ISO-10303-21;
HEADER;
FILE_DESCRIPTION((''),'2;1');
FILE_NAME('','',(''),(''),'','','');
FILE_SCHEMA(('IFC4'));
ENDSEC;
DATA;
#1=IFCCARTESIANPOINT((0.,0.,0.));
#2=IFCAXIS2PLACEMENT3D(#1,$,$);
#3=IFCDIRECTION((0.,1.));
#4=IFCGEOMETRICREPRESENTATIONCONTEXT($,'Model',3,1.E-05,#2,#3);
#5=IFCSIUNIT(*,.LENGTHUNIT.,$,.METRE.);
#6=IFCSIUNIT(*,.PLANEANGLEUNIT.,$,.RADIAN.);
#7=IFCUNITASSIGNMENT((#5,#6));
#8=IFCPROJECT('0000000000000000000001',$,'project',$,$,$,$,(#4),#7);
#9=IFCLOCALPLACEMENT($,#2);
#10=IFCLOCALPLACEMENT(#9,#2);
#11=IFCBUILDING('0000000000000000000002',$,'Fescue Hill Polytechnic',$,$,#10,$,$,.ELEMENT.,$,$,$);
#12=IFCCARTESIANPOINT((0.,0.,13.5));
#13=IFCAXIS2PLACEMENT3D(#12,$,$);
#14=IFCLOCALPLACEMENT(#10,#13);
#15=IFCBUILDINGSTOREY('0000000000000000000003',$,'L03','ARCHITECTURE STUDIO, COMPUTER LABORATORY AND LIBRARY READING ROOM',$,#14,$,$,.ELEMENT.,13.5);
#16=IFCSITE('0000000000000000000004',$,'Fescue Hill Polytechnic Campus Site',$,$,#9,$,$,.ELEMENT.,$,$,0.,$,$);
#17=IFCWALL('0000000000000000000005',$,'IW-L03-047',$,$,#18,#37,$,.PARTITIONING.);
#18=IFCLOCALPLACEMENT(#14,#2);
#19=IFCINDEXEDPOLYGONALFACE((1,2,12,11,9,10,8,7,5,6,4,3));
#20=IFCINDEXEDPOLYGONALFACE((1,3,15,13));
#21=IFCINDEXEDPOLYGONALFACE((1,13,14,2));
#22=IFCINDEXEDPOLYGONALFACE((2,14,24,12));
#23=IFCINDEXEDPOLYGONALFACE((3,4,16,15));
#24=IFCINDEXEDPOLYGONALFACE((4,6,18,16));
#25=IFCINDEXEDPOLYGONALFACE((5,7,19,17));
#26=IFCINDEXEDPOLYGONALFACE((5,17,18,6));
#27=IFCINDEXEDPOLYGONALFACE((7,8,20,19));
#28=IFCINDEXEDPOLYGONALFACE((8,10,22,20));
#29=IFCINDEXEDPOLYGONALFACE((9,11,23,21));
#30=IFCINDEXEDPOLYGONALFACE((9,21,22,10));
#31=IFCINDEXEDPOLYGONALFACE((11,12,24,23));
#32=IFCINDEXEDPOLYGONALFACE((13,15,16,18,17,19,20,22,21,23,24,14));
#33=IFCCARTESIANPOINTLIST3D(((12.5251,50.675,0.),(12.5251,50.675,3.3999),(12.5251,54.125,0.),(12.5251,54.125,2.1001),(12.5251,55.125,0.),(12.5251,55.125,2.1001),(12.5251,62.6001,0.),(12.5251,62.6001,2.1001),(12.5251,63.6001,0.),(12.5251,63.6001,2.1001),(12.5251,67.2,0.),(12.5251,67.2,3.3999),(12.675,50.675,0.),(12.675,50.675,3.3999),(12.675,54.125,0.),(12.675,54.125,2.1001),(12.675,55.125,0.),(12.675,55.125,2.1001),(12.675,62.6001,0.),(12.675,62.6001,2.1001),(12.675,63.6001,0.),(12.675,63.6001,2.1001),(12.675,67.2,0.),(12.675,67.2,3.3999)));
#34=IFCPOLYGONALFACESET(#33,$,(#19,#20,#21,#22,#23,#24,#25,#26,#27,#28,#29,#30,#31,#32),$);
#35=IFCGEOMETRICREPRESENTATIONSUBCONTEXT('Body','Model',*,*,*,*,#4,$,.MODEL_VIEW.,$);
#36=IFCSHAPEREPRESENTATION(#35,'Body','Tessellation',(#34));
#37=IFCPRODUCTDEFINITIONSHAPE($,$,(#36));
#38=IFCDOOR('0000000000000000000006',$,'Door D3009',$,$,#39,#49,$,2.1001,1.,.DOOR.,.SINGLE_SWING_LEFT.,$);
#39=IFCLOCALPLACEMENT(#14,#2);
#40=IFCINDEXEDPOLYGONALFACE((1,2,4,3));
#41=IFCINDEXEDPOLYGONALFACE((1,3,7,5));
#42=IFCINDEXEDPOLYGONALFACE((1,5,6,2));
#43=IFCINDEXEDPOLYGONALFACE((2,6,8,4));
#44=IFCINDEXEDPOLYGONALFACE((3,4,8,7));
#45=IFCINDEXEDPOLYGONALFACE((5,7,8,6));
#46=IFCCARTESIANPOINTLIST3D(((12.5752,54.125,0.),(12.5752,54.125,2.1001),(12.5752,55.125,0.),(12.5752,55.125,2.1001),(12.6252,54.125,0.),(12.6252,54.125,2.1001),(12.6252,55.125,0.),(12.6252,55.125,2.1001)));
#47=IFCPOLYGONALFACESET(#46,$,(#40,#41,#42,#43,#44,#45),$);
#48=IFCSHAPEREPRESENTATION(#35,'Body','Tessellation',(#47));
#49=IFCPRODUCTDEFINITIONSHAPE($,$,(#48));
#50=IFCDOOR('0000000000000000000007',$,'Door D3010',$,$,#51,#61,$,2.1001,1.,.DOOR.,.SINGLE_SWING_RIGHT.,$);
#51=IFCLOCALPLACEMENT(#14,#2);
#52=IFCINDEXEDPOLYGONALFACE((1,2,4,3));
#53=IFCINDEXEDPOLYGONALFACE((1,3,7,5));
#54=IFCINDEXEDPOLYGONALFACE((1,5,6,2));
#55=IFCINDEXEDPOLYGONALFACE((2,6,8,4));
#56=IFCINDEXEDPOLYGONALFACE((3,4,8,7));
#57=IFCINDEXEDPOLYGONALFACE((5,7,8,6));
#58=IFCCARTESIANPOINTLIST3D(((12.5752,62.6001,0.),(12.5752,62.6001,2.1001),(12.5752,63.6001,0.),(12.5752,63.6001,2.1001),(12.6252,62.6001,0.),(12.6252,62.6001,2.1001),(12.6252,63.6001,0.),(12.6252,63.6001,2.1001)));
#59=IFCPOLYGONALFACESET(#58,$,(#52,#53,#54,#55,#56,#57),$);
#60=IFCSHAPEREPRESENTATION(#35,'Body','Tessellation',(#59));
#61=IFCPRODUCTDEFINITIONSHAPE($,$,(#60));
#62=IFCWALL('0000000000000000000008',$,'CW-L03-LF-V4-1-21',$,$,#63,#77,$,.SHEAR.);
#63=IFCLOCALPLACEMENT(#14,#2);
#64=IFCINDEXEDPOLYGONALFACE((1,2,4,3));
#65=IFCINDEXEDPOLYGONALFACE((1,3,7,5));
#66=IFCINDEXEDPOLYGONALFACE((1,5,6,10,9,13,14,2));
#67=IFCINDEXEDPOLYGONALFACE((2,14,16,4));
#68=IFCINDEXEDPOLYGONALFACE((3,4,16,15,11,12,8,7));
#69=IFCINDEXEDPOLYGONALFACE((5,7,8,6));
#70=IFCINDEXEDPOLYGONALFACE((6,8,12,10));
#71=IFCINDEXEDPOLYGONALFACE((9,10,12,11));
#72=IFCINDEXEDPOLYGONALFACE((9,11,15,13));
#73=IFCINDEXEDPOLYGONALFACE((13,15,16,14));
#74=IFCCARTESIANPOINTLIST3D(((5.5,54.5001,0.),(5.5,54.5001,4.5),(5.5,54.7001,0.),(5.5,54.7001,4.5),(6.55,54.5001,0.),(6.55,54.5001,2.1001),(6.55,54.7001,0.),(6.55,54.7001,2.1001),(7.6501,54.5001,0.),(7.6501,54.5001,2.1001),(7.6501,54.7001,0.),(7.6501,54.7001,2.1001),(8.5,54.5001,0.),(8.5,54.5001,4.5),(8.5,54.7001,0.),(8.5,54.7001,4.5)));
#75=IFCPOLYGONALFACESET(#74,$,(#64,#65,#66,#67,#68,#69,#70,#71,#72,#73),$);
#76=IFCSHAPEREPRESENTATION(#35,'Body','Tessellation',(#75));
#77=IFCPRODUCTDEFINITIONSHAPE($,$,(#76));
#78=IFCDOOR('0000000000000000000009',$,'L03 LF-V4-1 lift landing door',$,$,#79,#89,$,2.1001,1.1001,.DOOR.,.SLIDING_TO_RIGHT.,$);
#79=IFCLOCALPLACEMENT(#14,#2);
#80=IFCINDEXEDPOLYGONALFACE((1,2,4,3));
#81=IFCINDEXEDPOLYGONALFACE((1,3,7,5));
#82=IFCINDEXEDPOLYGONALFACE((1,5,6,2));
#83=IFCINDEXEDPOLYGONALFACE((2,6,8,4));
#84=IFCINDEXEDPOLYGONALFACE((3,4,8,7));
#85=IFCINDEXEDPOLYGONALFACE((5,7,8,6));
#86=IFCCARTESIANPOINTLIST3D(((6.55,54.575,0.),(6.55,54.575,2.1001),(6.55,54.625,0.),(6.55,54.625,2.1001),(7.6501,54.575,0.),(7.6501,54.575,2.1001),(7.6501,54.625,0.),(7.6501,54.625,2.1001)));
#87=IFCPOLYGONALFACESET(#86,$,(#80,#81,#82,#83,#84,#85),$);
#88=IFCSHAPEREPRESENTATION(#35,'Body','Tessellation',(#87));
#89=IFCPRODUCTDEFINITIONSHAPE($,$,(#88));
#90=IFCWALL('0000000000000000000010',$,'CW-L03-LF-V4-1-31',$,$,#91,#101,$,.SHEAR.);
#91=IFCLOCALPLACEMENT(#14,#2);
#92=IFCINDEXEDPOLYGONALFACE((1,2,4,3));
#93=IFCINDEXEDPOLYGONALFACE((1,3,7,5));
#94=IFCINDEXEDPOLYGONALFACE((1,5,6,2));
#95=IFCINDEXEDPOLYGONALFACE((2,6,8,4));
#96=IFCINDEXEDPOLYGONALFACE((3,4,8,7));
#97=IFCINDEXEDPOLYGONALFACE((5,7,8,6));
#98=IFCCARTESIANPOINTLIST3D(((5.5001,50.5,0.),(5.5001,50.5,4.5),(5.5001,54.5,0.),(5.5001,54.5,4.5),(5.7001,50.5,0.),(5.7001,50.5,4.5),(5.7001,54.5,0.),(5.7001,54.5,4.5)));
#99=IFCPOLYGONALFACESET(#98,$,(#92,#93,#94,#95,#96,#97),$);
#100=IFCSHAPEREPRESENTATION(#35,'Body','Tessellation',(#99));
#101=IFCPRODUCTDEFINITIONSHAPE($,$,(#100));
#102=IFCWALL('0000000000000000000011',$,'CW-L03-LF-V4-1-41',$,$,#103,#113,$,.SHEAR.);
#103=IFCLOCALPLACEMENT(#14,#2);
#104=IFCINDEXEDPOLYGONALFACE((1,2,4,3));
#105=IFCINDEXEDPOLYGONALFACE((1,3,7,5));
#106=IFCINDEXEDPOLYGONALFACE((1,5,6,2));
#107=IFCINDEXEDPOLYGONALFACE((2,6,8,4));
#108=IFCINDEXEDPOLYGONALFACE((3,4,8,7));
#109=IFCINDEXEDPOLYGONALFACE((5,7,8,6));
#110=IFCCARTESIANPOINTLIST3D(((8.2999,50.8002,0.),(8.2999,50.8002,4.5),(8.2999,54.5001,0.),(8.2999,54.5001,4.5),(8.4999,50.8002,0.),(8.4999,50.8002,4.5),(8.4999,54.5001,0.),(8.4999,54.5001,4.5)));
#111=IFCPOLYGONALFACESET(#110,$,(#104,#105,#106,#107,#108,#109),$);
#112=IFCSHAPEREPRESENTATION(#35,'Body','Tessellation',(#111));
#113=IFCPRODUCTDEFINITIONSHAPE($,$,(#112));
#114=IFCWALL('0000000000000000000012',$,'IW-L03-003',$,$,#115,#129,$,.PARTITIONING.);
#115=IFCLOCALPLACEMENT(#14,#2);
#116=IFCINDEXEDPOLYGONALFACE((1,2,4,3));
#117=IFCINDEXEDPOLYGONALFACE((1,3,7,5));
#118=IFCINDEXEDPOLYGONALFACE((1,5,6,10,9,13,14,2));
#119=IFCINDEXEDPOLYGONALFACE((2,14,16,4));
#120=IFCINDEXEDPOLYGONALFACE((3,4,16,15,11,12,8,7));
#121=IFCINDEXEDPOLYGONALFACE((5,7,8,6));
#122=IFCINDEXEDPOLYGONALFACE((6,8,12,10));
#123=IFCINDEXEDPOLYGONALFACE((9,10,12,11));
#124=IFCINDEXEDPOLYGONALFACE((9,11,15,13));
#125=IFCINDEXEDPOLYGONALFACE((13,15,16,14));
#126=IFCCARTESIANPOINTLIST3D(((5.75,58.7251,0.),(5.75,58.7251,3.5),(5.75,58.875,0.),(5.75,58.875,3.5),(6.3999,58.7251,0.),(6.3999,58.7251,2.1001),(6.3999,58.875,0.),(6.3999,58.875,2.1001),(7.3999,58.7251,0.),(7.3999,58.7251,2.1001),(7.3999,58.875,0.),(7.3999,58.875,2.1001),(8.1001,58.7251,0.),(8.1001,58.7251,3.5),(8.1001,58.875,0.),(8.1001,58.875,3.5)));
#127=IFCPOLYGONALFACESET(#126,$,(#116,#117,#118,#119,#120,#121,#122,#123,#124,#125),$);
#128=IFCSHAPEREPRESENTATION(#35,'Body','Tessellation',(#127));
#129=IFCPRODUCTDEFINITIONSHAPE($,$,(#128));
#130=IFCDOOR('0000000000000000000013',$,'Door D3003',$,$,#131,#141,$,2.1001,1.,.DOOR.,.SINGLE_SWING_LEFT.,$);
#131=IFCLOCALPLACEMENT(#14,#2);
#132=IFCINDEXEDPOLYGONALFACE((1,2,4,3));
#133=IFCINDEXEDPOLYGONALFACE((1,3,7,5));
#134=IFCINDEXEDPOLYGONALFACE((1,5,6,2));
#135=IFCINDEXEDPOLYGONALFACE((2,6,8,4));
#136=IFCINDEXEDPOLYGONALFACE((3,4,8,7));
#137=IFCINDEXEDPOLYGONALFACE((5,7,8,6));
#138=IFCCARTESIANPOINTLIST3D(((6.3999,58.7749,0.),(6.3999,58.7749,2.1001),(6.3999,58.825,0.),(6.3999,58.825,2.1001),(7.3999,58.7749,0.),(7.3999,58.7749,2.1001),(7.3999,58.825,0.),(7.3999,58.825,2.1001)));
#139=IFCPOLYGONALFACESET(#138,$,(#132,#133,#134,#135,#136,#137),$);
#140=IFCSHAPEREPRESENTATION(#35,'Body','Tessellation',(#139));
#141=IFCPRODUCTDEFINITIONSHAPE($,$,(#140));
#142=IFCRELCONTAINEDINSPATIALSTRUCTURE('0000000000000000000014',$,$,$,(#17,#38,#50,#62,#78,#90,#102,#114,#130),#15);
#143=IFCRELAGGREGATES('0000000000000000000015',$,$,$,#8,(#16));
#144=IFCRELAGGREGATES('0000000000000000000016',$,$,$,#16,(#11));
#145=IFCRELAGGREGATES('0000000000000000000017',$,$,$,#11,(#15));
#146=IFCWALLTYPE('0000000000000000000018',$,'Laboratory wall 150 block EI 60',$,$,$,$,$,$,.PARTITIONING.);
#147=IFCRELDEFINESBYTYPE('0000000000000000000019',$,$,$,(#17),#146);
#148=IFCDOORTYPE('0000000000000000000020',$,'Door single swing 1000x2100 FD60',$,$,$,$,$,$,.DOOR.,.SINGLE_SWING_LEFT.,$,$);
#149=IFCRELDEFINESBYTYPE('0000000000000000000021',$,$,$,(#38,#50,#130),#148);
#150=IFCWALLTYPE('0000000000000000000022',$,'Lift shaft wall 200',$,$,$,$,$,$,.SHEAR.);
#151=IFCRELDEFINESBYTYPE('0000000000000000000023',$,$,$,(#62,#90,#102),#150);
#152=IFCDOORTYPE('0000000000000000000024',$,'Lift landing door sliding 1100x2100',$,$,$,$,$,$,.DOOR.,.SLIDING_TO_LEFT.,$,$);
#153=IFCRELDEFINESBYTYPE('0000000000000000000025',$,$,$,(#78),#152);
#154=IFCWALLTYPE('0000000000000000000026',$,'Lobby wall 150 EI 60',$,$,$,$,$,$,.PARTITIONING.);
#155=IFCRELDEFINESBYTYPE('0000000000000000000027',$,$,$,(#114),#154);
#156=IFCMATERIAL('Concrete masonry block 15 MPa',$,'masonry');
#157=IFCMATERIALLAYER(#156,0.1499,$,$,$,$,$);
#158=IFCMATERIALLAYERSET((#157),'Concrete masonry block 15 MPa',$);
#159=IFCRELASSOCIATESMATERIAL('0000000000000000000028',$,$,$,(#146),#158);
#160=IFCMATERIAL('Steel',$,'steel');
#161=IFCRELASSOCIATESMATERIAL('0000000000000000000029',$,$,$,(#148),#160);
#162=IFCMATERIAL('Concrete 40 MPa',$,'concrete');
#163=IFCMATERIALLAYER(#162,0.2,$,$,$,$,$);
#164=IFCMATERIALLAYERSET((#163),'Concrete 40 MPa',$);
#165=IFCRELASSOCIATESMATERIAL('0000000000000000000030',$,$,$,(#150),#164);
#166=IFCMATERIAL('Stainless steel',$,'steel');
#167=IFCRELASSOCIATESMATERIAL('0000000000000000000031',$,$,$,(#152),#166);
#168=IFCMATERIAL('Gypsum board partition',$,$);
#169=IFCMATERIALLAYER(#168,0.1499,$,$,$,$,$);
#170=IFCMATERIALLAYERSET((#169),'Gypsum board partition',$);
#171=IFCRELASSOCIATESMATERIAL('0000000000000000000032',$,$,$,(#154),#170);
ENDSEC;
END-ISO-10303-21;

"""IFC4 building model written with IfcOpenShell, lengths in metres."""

from ifc_helpers import new_model, si_unit, direction, frame, frame_2d, origin, place, context, subcontext, project, spatial, rectangle, extrude, material, layer, layer_set, type_object, element, fill, save


model = new_model("IFC4")

# Units and contexts
model_context = context("Model", 3, precision=1e-05, world=origin(), true_north=direction((0.0, 1.0)))
body_context = subcontext(model_context, "Body", "Model", "MODEL_VIEW")
ifc_project = project(units=[si_unit("LENGTHUNIT", "METRE"), si_unit("PLANEANGLEUNIT", "RADIAN")], contexts=[model_context])

# Site, building, storey
site_placement = place(None, origin())
site = spatial("IfcSite", under=ifc_project, at=site_placement, Name="Fescue Hill Polytechnic Campus Site", CompositionType="ELEMENT", RefElevation=0.0)
building_placement = place(site_placement, origin())
building = spatial("IfcBuilding", under=site, at=building_placement, Name="Fescue Hill Polytechnic", CompositionType="ELEMENT")
storey_placement = place(building_placement, frame((0.0, 0.0, 13.5)))
storey = spatial("IfcBuildingStorey", under=building, at=storey_placement, Name="L03", Description="ARCHITECTURE STUDIO, COMPUTER LABORATORY AND LIBRARY READING ROOM", CompositionType="ELEMENT", Elevation=13.5)

# Shared definitions
ifc_material_1 = material(Name="Concrete 40 MPa", Category="concrete")

# Shared definitions
ifc_material_2 = material(Name="Concrete masonry block 15 MPa", Category="masonry")
ifc_layer_1 = layer(ifc_material_2, 0.1499)
ifc_layer_set_1 = layer_set([ifc_layer_1], Name="Concrete masonry block 15 MPa")
wall_type_1 = type_object("IfcWallType", Name="Laboratory wall 150 block EI 60", PredefinedType="PARTITIONING", material=ifc_layer_set_1)

# Wall, openings, doors
wall_1_placement = place(storey_placement, frame((12.6001, 50.675, 0.0), z_axis=(0.0, 0.0, 1.0), x_axis=(0.0, 1.0, 0.0)))
wall_1 = element("IfcWall", 1, at=wall_1_placement, inside=storey, type_object=wall_type_1, Name="IW-L03-047", PredefinedType="PARTITIONING", context=body_context, shape_type="SweptSolid", body=[
    extrude(rectangle(XDim=16.5249, YDim=0.1499, at=frame_2d((8.2625, 0.0))), origin(), (0.0, 0.0, 1.0), 3.3999),
])
opening_1_placement = place(wall_1_placement, frame((3.45, 0.0, 0.0)))
opening_1 = element("IfcOpeningElement", 2, at=opening_1_placement, cuts=wall_1, PredefinedType="OPENING", context=body_context, shape_type="SweptSolid", body=[
    extrude(rectangle(XDim=1.0, YDim=2.1001, at=frame_2d((0.5, 1.05))), frame((0.0, 0.085, 0.0), z_axis=(0.0, -1.0, 0.0), x_axis=(1.0, 0.0, 0.0)), (0.0, 0.0, 1.0), 0.1699),
])
opening_2_placement = place(wall_1_placement, frame((11.925, 0.0, 0.0)))
opening_2 = element("IfcOpeningElement", 3, at=opening_2_placement, cuts=wall_1, PredefinedType="OPENING", context=body_context, shape_type="SweptSolid", body=[
    extrude(rectangle(XDim=1.0, YDim=2.1001, at=frame_2d((0.5, 1.05))), frame((0.0, 0.085, 0.0), z_axis=(0.0, -1.0, 0.0), x_axis=(1.0, 0.0, 0.0)), (0.0, 0.0, 1.0), 0.1699),
])
ifc_material_3 = material(Name="Steel", Category="steel")
door_type_1 = type_object("IfcDoorType", Name="Door single swing 1000x2100 FD60", OperationType="SINGLE_SWING_LEFT", PredefinedType="DOOR", material=ifc_material_3)
door_1_placement = place(opening_1_placement, origin())
door_1 = element("IfcDoor", 4, at=door_1_placement, inside=storey, type_object=door_type_1, Name="Door D3009", OperationType="SINGLE_SWING_LEFT", OverallHeight=2.1001, OverallWidth=1.0, PredefinedType="DOOR", context=body_context, shape_type="SweptSolid", body=[
    extrude(rectangle(XDim=1.0, YDim=2.1001, at=frame_2d((0.5, 1.05))), frame((0.0, 0.0249, 0.0), z_axis=(0.0, -1.0, 0.0), x_axis=(1.0, 0.0, 0.0)), (0.0, 0.0, 1.0), 0.05),
])
fill(opening_1, door_1)
door_2_placement = place(opening_2_placement, origin())
door_2 = element("IfcDoor", 5, at=door_2_placement, inside=storey, type_object=door_type_1, Name="Door D3010", OperationType="SINGLE_SWING_RIGHT", OverallHeight=2.1001, OverallWidth=1.0, PredefinedType="DOOR", context=body_context, shape_type="SweptSolid", body=[
    extrude(rectangle(XDim=1.0, YDim=2.1001, at=frame_2d((0.5, 1.05))), frame((0.0, 0.0249, 0.0), z_axis=(0.0, -1.0, 0.0), x_axis=(1.0, 0.0, 0.0)), (0.0, 0.0, 1.0), 0.05),
])
fill(opening_2, door_2)

# Wall, opening, door
ifc_layer_2 = layer(ifc_material_1, 0.2)
ifc_layer_set_2 = layer_set([ifc_layer_2], Name="Concrete 40 MPa")
wall_type_2 = type_object("IfcWallType", Name="Lift shaft wall 200", PredefinedType="SHEAR", material=ifc_layer_set_2)
wall_2_placement = place(storey_placement, frame((5.5, 54.6001, 0.0), z_axis=(0.0, 0.0, 1.0), x_axis=(1.0, 0.0, 0.0)))
wall_2 = element("IfcWall", 6, at=wall_2_placement, inside=storey, type_object=wall_type_2, Name="CW-L03-LF-V4-1-21", PredefinedType="SHEAR", context=body_context, shape_type="SweptSolid", body=[
    extrude(rectangle(XDim=3.0, YDim=0.2, at=frame_2d((1.5, 0.0))), origin(), (0.0, 0.0, 1.0), 4.5),
])
opening_3_placement = place(wall_2_placement, frame((1.05, 0.0, 0.0)))
opening_3 = element("IfcOpeningElement", 7, at=opening_3_placement, cuts=wall_2, PredefinedType="OPENING", context=body_context, shape_type="SweptSolid", body=[
    extrude(rectangle(XDim=1.1001, YDim=2.1001, at=frame_2d((0.55, 1.05))), frame((0.0, 0.1099, 0.0), z_axis=(0.0, -1.0, 0.0), x_axis=(1.0, 0.0, 0.0)), (0.0, 0.0, 1.0), 0.22),
])
ifc_material_4 = material(Name="Stainless steel", Category="steel")
door_type_2 = type_object("IfcDoorType", Name="Lift landing door sliding 1100x2100", OperationType="SLIDING_TO_LEFT", PredefinedType="DOOR", material=ifc_material_4)
door_3_placement = place(opening_3_placement, origin())
door_3 = element("IfcDoor", 8, at=door_3_placement, inside=storey, type_object=door_type_2, Name="L03 LF-V4-1 lift landing door", OperationType="SLIDING_TO_RIGHT", OverallHeight=2.1001, OverallWidth=1.1001, PredefinedType="DOOR", context=body_context, shape_type="SweptSolid", body=[
    extrude(rectangle(XDim=1.1001, YDim=2.1001, at=frame_2d((0.55, 1.05))), frame((0.0, 0.0249, 0.0), z_axis=(0.0, -1.0, 0.0), x_axis=(1.0, 0.0, 0.0)), (0.0, 0.0, 1.0), 0.05),
])
fill(opening_3, door_3)

# Walls
wall_3_placement = place(storey_placement, frame((5.6001, 50.5, 0.0), z_axis=(0.0, 0.0, 1.0), x_axis=(0.0, 1.0, 0.0)))
element("IfcWall", 9, at=wall_3_placement, inside=storey, type_object=wall_type_2, Name="CW-L03-LF-V4-1-31", PredefinedType="SHEAR", context=body_context, shape_type="SweptSolid", body=[
    extrude(rectangle(XDim=4.0, YDim=0.2, at=frame_2d((2.0, 0.0))), origin(), (0.0, 0.0, 1.0), 4.5),
])
wall_4_placement = place(storey_placement, frame((8.3999, 50.8, 0.0), z_axis=(0.0, 0.0, 1.0), x_axis=(0.0, 1.0, 0.0)))
element("IfcWall", 10, at=wall_4_placement, inside=storey, type_object=wall_type_2, Name="CW-L03-LF-V4-1-41", PredefinedType="SHEAR", context=body_context, shape_type="SweptSolid", body=[
    extrude(rectangle(XDim=3.7, YDim=0.2, at=frame_2d((1.8501, 0.0))), origin(), (0.0, 0.0, 1.0), 4.5),
])

# Wall, opening, door
ifc_material_5 = material(Name="Gypsum board partition")
ifc_layer_3 = layer(ifc_material_5, 0.1499)
ifc_layer_set_3 = layer_set([ifc_layer_3], Name="Gypsum board partition")
wall_type_3 = type_object("IfcWallType", Name="Lobby wall 150 EI 60", PredefinedType="PARTITIONING", material=ifc_layer_set_3)
wall_5_placement = place(storey_placement, frame((5.75, 58.8, 0.0), z_axis=(0.0, 0.0, 1.0), x_axis=(1.0, 0.0, 0.0)))
wall_5 = element("IfcWall", 11, at=wall_5_placement, inside=storey, type_object=wall_type_3, Name="IW-L03-003", PredefinedType="PARTITIONING", context=body_context, shape_type="SweptSolid", body=[
    extrude(rectangle(XDim=2.3501, YDim=0.1499, at=frame_2d((1.175, 0.0))), origin(), (0.0, 0.0, 1.0), 3.5),
])
opening_4_placement = place(wall_5_placement, frame((0.6499, 0.0, 0.0)))
opening_4 = element("IfcOpeningElement", 12, at=opening_4_placement, cuts=wall_5, PredefinedType="OPENING", context=body_context, shape_type="SweptSolid", body=[
    extrude(rectangle(XDim=1.0, YDim=2.1001, at=frame_2d((0.5, 1.05))), frame((0.0, 0.085, 0.0), z_axis=(0.0, -1.0, 0.0), x_axis=(1.0, 0.0, 0.0)), (0.0, 0.0, 1.0), 0.1699),
])
door_4_placement = place(opening_4_placement, origin())
door_4 = element("IfcDoor", 13, at=door_4_placement, inside=storey, type_object=door_type_1, Name="Door D3003", OperationType="SINGLE_SWING_LEFT", OverallHeight=2.1001, OverallWidth=1.0, PredefinedType="DOOR", context=body_context, shape_type="SweptSolid", body=[
    extrude(rectangle(XDim=1.0, YDim=2.1001, at=frame_2d((0.5, 1.05))), frame((0.0, 0.0249, 0.0), z_axis=(0.0, -1.0, 0.0), x_axis=(1.0, 0.0, 0.0)), (0.0, 0.0, 1.0), 0.05),
])
fill(opening_4, door_4)

save(model, "model.ifc")
